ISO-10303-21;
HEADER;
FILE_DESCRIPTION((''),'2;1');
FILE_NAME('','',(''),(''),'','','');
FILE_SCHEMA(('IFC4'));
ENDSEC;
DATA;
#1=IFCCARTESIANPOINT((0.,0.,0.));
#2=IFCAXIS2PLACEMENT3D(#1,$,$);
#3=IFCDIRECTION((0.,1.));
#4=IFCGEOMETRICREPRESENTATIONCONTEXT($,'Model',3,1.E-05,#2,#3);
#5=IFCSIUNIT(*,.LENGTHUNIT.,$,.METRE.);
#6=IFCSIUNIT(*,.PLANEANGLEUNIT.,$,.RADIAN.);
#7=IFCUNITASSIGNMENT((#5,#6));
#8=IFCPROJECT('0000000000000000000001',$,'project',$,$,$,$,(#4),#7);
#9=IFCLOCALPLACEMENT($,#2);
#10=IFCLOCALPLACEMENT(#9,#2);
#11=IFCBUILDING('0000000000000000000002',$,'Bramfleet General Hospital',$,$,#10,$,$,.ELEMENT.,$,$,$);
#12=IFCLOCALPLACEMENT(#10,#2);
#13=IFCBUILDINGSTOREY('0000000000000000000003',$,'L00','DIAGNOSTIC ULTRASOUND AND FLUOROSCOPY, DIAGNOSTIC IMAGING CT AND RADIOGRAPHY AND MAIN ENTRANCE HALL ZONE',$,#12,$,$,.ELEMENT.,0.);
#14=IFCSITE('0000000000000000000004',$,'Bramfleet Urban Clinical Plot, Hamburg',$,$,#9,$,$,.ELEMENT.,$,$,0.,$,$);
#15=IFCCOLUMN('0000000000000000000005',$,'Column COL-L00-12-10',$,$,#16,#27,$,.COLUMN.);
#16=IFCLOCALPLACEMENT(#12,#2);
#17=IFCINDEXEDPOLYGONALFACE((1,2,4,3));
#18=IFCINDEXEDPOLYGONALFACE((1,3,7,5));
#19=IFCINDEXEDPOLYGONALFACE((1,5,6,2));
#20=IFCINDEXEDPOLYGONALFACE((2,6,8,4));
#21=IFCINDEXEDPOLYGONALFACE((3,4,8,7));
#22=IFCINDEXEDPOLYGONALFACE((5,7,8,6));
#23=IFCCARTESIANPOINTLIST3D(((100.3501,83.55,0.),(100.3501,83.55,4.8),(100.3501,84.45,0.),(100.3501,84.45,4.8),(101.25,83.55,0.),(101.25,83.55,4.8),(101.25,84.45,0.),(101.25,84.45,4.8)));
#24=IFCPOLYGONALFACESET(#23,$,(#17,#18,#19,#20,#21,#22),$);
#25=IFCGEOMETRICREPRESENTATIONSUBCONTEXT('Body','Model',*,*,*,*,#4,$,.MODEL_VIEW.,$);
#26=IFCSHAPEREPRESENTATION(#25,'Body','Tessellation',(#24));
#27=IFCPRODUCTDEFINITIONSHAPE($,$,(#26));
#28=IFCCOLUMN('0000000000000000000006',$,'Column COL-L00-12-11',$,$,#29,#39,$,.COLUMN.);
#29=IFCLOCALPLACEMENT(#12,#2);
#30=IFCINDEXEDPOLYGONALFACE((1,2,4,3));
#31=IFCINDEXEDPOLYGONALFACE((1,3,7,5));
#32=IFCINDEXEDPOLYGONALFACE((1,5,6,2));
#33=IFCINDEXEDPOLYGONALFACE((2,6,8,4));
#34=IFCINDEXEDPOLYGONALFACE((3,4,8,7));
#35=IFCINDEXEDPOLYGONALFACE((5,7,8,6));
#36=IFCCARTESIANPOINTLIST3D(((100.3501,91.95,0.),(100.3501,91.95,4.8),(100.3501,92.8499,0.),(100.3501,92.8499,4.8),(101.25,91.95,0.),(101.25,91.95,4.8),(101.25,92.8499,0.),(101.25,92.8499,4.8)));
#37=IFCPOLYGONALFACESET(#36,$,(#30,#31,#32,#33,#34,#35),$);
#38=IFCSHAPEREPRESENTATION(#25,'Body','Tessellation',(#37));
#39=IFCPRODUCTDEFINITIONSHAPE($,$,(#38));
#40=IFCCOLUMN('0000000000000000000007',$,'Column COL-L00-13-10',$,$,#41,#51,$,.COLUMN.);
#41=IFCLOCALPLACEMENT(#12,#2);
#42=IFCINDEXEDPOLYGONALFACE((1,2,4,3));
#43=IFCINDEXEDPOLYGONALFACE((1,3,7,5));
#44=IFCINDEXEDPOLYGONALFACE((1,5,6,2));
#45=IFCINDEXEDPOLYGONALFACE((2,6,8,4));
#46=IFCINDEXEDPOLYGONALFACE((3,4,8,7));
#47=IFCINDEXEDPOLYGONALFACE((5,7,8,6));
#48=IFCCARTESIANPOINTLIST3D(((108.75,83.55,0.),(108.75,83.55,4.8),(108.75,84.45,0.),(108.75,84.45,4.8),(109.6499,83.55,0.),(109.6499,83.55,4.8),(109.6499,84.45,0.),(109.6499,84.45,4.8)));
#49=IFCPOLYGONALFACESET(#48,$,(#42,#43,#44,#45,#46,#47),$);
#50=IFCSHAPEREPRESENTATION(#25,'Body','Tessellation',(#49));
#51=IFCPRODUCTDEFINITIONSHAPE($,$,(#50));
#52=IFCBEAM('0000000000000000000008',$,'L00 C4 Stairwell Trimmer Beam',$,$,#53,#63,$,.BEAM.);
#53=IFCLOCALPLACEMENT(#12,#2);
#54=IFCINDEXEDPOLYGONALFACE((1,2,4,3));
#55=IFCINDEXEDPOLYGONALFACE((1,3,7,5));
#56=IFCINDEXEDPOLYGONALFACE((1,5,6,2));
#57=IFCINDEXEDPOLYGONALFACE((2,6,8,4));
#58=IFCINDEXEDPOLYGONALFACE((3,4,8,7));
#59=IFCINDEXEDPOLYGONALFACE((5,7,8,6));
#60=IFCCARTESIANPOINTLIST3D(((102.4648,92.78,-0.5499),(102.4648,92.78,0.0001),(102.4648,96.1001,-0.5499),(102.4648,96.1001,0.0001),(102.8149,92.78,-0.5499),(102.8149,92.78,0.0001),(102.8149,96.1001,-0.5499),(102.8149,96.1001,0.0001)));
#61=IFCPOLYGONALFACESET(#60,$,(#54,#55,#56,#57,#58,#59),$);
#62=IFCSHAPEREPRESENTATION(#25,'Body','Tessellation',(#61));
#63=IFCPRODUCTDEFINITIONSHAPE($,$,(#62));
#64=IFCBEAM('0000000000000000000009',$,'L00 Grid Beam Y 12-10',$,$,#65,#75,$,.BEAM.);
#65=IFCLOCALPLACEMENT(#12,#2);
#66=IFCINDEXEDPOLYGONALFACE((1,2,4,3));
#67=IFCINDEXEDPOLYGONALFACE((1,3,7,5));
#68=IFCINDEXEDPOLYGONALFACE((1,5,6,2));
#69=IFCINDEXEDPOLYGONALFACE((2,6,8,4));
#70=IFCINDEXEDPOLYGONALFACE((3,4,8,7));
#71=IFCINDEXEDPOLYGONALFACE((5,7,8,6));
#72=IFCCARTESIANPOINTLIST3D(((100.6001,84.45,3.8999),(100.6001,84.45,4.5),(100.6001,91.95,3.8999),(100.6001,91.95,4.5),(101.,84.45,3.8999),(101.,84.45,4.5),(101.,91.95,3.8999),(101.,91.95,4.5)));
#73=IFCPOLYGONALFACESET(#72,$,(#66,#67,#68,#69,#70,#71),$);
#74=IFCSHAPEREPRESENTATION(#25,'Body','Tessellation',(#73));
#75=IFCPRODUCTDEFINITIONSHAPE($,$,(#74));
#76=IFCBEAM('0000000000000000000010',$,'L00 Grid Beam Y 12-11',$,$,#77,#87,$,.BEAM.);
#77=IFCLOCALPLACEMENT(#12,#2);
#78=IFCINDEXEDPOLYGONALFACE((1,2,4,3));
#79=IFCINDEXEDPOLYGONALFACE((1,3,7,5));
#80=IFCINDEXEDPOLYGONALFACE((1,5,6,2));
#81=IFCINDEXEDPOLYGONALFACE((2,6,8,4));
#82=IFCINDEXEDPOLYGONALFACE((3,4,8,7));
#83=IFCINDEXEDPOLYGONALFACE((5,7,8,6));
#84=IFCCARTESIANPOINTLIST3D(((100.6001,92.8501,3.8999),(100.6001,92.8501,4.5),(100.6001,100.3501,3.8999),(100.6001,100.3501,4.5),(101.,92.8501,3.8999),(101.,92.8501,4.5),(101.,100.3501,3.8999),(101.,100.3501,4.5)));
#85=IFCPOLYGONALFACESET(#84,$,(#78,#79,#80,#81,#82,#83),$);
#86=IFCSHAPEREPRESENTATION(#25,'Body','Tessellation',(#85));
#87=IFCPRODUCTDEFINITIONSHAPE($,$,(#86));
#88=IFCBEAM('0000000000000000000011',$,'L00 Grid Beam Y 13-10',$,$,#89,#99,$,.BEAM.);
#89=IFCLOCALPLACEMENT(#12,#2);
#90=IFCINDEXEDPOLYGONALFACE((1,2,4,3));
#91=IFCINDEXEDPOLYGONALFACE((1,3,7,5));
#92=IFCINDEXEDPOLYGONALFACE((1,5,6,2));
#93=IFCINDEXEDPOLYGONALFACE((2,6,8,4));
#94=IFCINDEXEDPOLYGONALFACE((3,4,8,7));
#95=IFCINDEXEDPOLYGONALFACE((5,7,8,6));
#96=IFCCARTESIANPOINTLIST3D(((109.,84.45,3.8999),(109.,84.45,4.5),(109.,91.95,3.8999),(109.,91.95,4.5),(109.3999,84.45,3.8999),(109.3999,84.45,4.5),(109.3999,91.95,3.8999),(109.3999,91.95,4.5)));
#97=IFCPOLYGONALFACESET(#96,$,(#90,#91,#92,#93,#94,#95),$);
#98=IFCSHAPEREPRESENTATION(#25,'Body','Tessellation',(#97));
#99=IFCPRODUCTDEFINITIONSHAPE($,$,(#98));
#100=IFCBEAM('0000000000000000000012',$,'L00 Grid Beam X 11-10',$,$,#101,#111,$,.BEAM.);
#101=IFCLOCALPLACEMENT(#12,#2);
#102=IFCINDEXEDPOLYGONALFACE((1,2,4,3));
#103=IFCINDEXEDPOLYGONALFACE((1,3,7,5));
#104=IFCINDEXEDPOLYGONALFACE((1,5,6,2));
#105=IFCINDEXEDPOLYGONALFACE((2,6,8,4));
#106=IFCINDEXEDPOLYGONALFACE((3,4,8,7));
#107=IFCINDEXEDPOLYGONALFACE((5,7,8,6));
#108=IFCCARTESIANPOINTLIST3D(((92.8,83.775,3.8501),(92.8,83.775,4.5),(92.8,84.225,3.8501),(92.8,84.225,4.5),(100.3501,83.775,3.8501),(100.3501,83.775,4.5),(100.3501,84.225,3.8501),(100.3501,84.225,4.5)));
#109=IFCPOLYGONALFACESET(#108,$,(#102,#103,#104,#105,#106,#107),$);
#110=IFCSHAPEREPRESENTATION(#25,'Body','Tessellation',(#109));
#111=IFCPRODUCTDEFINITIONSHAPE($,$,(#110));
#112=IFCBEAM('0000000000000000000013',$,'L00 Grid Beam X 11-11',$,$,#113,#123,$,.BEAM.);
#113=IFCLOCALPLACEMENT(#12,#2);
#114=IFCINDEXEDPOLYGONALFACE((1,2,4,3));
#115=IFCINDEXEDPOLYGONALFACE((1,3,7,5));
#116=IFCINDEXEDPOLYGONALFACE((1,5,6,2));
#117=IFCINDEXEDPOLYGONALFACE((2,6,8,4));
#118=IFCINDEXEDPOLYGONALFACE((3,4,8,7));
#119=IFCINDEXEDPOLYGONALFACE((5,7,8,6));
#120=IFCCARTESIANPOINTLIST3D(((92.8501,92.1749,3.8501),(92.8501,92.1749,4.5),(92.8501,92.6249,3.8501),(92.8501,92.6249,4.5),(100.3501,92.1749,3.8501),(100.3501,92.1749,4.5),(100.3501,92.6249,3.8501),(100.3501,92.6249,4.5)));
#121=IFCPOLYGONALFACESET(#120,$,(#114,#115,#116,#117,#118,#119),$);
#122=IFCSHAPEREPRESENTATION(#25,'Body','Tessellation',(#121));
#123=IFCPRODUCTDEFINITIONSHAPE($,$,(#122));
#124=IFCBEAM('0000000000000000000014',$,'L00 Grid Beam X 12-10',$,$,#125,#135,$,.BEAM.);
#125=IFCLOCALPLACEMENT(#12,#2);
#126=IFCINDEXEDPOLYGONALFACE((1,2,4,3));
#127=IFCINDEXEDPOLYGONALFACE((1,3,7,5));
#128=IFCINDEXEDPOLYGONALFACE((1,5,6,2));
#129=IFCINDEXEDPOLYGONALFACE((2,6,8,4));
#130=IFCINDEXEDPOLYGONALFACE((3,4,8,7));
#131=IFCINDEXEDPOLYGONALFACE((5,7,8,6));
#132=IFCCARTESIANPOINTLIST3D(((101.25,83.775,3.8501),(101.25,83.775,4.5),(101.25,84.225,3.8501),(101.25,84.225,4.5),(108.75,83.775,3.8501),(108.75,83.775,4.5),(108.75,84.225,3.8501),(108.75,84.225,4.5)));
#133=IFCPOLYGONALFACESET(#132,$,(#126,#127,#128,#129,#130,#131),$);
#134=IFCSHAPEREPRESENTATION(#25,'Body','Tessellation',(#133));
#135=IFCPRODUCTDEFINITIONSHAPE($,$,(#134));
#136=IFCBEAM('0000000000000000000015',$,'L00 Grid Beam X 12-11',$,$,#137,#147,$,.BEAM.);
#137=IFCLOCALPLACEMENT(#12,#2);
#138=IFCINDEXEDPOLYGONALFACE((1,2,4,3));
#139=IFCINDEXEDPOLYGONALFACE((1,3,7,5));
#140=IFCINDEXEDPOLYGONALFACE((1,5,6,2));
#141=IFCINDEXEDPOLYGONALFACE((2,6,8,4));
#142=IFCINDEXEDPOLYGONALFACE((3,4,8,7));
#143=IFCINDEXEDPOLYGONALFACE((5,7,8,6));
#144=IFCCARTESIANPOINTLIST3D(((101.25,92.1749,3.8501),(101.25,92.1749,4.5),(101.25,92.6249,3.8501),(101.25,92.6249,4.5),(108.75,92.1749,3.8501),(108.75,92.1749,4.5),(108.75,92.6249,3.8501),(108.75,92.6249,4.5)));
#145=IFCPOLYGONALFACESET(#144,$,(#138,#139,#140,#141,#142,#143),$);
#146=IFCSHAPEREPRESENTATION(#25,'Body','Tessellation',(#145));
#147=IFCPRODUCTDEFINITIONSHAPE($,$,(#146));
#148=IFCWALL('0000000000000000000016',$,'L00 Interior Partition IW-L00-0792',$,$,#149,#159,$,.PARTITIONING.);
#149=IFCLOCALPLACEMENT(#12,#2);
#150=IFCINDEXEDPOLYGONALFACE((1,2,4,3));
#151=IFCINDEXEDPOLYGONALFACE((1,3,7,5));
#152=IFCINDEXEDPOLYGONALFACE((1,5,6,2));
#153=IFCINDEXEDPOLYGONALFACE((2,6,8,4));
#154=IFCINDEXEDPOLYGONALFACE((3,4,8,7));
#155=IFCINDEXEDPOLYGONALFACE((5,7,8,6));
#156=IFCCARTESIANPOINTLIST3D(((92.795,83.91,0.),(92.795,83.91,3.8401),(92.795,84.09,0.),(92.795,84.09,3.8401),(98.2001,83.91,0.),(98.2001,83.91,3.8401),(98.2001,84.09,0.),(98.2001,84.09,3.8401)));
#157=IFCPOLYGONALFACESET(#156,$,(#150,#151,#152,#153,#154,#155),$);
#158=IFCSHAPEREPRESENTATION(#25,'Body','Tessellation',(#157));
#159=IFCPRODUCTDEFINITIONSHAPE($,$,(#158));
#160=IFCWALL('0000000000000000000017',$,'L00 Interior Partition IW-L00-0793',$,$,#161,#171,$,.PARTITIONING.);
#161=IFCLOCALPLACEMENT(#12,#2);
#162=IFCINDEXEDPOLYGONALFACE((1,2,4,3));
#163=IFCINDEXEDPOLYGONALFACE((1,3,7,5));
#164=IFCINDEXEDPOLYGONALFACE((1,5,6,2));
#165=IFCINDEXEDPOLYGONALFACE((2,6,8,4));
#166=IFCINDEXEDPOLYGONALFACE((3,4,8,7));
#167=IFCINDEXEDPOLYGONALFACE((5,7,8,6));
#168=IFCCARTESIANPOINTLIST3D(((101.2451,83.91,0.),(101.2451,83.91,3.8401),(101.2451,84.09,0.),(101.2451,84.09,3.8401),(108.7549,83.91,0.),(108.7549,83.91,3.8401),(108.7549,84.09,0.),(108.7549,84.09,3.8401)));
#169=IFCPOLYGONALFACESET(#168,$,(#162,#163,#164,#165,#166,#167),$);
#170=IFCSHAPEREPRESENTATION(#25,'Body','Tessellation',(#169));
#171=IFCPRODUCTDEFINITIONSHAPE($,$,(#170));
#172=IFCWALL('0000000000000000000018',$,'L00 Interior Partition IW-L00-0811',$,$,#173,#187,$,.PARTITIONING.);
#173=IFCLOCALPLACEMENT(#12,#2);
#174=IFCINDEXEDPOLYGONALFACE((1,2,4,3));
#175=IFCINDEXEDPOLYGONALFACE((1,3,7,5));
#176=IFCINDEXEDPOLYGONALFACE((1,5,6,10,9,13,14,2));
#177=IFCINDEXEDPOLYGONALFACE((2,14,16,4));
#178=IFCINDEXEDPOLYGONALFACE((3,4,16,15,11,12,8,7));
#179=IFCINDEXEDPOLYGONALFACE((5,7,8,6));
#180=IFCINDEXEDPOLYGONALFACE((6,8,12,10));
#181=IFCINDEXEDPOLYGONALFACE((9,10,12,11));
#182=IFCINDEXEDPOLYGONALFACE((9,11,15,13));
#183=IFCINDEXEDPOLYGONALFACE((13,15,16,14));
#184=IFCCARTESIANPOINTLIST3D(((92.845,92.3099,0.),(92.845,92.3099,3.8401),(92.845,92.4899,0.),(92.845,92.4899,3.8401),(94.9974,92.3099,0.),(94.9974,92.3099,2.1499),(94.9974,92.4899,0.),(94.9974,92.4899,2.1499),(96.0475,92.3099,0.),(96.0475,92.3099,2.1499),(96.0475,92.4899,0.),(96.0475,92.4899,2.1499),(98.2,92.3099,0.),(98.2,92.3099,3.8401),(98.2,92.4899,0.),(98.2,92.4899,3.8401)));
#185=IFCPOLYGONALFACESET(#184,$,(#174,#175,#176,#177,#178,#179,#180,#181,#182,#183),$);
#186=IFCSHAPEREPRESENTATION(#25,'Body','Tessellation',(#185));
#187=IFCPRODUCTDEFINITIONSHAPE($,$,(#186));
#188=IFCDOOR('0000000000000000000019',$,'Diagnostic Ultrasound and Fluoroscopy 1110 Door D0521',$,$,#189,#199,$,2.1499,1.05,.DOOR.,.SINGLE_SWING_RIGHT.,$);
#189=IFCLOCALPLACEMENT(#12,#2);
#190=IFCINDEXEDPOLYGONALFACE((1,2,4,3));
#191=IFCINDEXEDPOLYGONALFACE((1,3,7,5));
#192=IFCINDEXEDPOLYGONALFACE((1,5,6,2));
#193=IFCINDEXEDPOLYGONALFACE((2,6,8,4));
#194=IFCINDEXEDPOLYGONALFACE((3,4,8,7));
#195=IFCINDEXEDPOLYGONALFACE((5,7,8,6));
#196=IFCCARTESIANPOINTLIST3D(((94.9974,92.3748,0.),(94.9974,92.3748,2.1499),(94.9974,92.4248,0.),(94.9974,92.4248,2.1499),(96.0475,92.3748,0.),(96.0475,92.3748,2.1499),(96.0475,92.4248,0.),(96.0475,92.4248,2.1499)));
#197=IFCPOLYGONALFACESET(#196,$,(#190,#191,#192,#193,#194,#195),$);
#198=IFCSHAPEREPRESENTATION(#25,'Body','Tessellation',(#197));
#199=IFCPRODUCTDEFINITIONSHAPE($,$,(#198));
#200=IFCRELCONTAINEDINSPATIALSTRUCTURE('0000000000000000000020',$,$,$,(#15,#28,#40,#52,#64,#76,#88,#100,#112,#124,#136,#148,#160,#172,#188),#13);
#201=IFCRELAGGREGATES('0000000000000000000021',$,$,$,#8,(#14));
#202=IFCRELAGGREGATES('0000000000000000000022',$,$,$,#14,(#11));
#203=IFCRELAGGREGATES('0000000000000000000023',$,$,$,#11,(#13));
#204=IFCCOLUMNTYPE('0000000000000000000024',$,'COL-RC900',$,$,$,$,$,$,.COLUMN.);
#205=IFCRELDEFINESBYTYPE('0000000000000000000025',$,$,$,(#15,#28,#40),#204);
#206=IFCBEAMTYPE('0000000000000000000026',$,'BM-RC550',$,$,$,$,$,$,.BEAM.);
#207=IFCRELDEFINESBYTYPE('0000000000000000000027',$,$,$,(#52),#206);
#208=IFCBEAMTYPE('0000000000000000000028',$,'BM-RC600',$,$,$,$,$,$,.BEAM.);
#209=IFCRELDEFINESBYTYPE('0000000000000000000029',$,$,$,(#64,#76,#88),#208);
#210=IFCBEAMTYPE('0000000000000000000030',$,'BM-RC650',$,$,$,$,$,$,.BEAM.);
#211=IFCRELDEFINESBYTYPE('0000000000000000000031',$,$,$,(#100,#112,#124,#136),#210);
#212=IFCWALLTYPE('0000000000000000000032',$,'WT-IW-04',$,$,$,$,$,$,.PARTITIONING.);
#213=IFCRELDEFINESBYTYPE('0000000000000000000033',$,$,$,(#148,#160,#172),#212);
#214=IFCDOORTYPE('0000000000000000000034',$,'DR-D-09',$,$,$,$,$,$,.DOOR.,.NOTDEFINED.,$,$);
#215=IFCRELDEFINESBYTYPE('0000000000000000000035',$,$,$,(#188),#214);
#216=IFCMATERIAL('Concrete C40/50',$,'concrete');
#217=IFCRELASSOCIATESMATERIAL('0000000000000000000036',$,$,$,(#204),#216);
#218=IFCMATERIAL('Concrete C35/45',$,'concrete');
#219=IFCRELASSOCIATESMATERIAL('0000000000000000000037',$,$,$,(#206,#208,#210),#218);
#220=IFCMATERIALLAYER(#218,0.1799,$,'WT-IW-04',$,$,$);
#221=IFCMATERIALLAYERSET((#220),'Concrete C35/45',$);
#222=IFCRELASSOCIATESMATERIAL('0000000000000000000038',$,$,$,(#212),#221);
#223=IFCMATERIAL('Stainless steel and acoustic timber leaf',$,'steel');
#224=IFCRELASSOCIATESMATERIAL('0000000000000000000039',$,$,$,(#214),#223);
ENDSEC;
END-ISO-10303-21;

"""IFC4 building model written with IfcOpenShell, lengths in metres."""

from ifc_helpers import new_model, si_unit, direction, frame, frame_2d, origin, origin_2d, place, context, subcontext, project, spatial, rectangle, extrude, material, layer, layer_set, material_profile, profile_set, type_object, element, fill, save


model = new_model("IFC4")

# Units and contexts
model_context = context("Model", 3, precision=1e-05, world=origin(), true_north=direction((0.0, 1.0)))
body_context = subcontext(model_context, "Body", "Model", "MODEL_VIEW")
ifc_project = project(units=[si_unit("LENGTHUNIT", "METRE"), si_unit("PLANEANGLEUNIT", "RADIAN")], contexts=[model_context])

# Site, building, storey
site_placement = place(None, origin())
site = spatial("IfcSite", under=ifc_project, at=site_placement, Name="Bramfleet Urban Clinical Plot, Hamburg", CompositionType="ELEMENT", RefElevation=0.0)
building_placement = place(site_placement, origin())
building = spatial("IfcBuilding", under=site, at=building_placement, Name="Bramfleet General Hospital", CompositionType="ELEMENT")
storey_placement = place(building_placement, origin())
storey = spatial("IfcBuildingStorey", under=building, at=storey_placement, Name="L00", Description="DIAGNOSTIC ULTRASOUND AND FLUOROSCOPY, DIAGNOSTIC IMAGING CT AND RADIOGRAPHY AND MAIN ENTRANCE HALL ZONE", CompositionType="ELEMENT", Elevation=0.0)

# Columns
ifc_material_1 = material(Name="Concrete C40/50", Category="concrete")
ifc_material_profile_1 = material_profile(ifc_material_1, rectangle(XDim=0.8999, YDim=0.8999, at=origin_2d()), Name="RC COL 900x900")
ifc_profile_set_1 = profile_set([ifc_material_profile_1], Name="Concrete C40/50")
column_type = type_object("IfcColumnType", Name="COL-RC900", PredefinedType="COLUMN", material=ifc_profile_set_1)
for number, where, z_axis, x_axis, name in (
    (1, (100.8, 84.0, 0.0), (0.0, 0.0, 1.0), (1.0, 0.0, 0.0), "Column COL-L00-12-10"),
    (2, (100.8, 92.3999, 0.0), (0.0, 0.0, 1.0), (1.0, 0.0, 0.0), "Column COL-L00-12-11"),
    (3, (109.2, 84.0, 0.0), (0.0, 0.0, 1.0), (1.0, 0.0, 0.0), "Column COL-L00-13-10"),
):
    element("IfcColumn", number, at=place(storey_placement, frame(where, z_axis=z_axis, x_axis=x_axis)), inside=storey, type_object=column_type, Name=name, PredefinedType="COLUMN", context=body_context, shape_type="SweptSolid", body=[
        extrude(rectangle(XDim=0.8999, YDim=0.8999, at=origin_2d()), origin(), (0.0, 0.0, 1.0), 4.8),
    ])

# Beams
ifc_material_2 = material(Name="Concrete C35/45", Category="concrete")
ifc_material_profile_2 = material_profile(ifc_material_2, rectangle(XDim=0.3501, YDim=0.55, at=origin_2d()), Name="RC BM 550x350")
ifc_profile_set_2 = profile_set([ifc_material_profile_2], Name="Concrete C35/45")
beam_type_1 = type_object("IfcBeamType", Name="BM-RC550", PredefinedType="BEAM", material=ifc_profile_set_2)
beam_1_placement = place(storey_placement, frame((102.6399, 92.78, -0.2749), z_axis=(0.0, 1.0, 0.0), x_axis=(-1.0, 0.0, 0.0)))
element("IfcBeam", 4, at=beam_1_placement, inside=storey, type_object=beam_type_1, Name="L00 C4 Stairwell Trimmer Beam", PredefinedType="BEAM", context=body_context, shape_type="SweptSolid", body=[
    extrude(rectangle(XDim=0.3501, YDim=0.55, at=origin_2d()), origin(), (0.0, 0.0, 1.0), 3.3201),
])
ifc_material_profile_3 = material_profile(ifc_material_2, rectangle(XDim=0.3999, YDim=0.6001, at=origin_2d()), Name="RC BM 600x400")
ifc_profile_set_3 = profile_set([ifc_material_profile_3], Name="Concrete C35/45")
beam_type_2 = type_object("IfcBeamType", Name="BM-RC600", PredefinedType="BEAM", material=ifc_profile_set_3)
for number, where, z_axis, x_axis, name in (
    (5, (100.8, 84.45, 4.2), (0.0, 1.0, 0.0), (-1.0, 0.0, 0.0), "L00 Grid Beam Y 12-10"),
    (6, (100.8, 92.8501, 4.2), (0.0, 1.0, 0.0), (-1.0, 0.0, 0.0), "L00 Grid Beam Y 12-11"),
    (7, (109.2, 84.45, 4.2), (0.0, 1.0, 0.0), (-1.0, 0.0, 0.0), "L00 Grid Beam Y 13-10"),
):
    element("IfcBeam", number, at=place(storey_placement, frame(where, z_axis=z_axis, x_axis=x_axis)), inside=storey, type_object=beam_type_2, Name=name, PredefinedType="BEAM", context=body_context, shape_type="SweptSolid", body=[
        extrude(rectangle(XDim=0.3999, YDim=0.6001, at=origin_2d()), origin(), (0.0, 0.0, 1.0), 7.5),
    ])
ifc_material_profile_4 = material_profile(ifc_material_2, rectangle(XDim=0.45, YDim=0.6499, at=origin_2d()), Name="RC BM 650x450")
ifc_profile_set_4 = profile_set([ifc_material_profile_4], Name="Concrete C35/45")
beam_type_3 = type_object("IfcBeamType", Name="BM-RC650", PredefinedType="BEAM", material=ifc_profile_set_4)
beam_2_placement = place(storey_placement, frame((92.8, 84.0, 4.175), z_axis=(1.0, 0.0, 0.0), x_axis=(0.0, 1.0, 0.0)))
element("IfcBeam", 8, at=beam_2_placement, inside=storey, type_object=beam_type_3, Name="L00 Grid Beam X 11-10", PredefinedType="BEAM", context=body_context, shape_type="SweptSolid", body=[
    extrude(rectangle(XDim=0.45, YDim=0.6499, at=origin_2d()), origin(), (0.0, 0.0, 1.0), 7.55),
])
for number, where, z_axis, x_axis, name in (
    (9, (92.8501, 92.3999, 4.175), (1.0, 0.0, 0.0), (0.0, 1.0, 0.0), "L00 Grid Beam X 11-11"),
    (10, (101.25, 84.0, 4.175), (1.0, 0.0, 0.0), (0.0, 1.0, 0.0), "L00 Grid Beam X 12-10"),
    (11, (101.25, 92.3999, 4.175), (1.0, 0.0, 0.0), (0.0, 1.0, 0.0), "L00 Grid Beam X 12-11"),
):
    element("IfcBeam", number, at=place(storey_placement, frame(where, z_axis=z_axis, x_axis=x_axis)), inside=storey, type_object=beam_type_3, Name=name, PredefinedType="BEAM", context=body_context, shape_type="SweptSolid", body=[
        extrude(rectangle(XDim=0.45, YDim=0.6499, at=origin_2d()), origin(), (0.0, 0.0, 1.0), 7.5),
    ])

# Walls
ifc_layer_1 = layer(ifc_material_2, 0.1799, Name="WT-IW-04")
ifc_layer_set_1 = layer_set([ifc_layer_1], Name="Concrete C35/45")
wall_type_1 = type_object("IfcWallType", Name="WT-IW-04", PredefinedType="PARTITIONING", material=ifc_layer_set_1)
wall_1_placement = place(storey_placement, frame((92.7949, 84.0, 0.0), z_axis=(0.0, 0.0, 1.0), x_axis=(1.0, 0.0, 0.0)))
element("IfcWall", 12, at=wall_1_placement, inside=storey, type_object=wall_type_1, Name="L00 Interior Partition IW-L00-0792", PredefinedType="PARTITIONING", context=body_context, shape_type="SweptSolid", body=[
    extrude(rectangle(XDim=5.405, YDim=0.1799, at=frame_2d((2.7026, 0.0))), origin(), (0.0, 0.0, 1.0), 3.8401),
])
wall_2_placement = place(storey_placement, frame((101.2451, 84.0, 0.0), z_axis=(0.0, 0.0, 1.0), x_axis=(1.0, 0.0, 0.0)))
element("IfcWall", 13, at=wall_2_placement, inside=storey, type_object=wall_type_1, Name="L00 Interior Partition IW-L00-0793", PredefinedType="PARTITIONING", context=body_context, shape_type="SweptSolid", body=[
    extrude(rectangle(XDim=7.5098, YDim=0.1799, at=frame_2d((3.7549, 0.0))), origin(), (0.0, 0.0, 1.0), 3.8401),
])

# Wall, opening, door
wall_3_placement = place(storey_placement, frame((92.845, 92.3999, 0.0), z_axis=(0.0, 0.0, 1.0), x_axis=(1.0, 0.0, 0.0)))
wall_3 = element("IfcWall", 14, at=wall_3_placement, inside=storey, type_object=wall_type_1, Name="L00 Interior Partition IW-L00-0811", PredefinedType="PARTITIONING", context=body_context, shape_type="SweptSolid", body=[
    extrude(rectangle(XDim=5.355, YDim=0.1799, at=frame_2d((2.6775, 0.0))), origin(), (0.0, 0.0, 1.0), 3.8401),
])
opening_1_placement = place(wall_3_placement, frame((2.1526, 0.0, 0.0)))
opening_1 = element("IfcOpeningElement", 15, at=opening_1_placement, cuts=wall_3, PredefinedType="OPENING", context=body_context, shape_type="SweptSolid", body=[
    extrude(rectangle(XDim=1.05, YDim=2.1499, at=frame_2d((0.5249, 1.075))), frame((0.0, 0.0999, 0.0), z_axis=(0.0, -1.0, 0.0), x_axis=(1.0, 0.0, 0.0)), (0.0, 0.0, 1.0), 0.2),
])
ifc_material_3 = material(Name="Stainless steel and acoustic timber leaf", Category="steel")
door_type_1 = type_object("IfcDoorType", Name="DR-D-09", OperationType="NOTDEFINED", PredefinedType="DOOR", material=ifc_material_3)
door_1_placement = place(opening_1_placement, origin())
door_1 = element("IfcDoor", 16, at=door_1_placement, inside=storey, type_object=door_type_1, Name="Diagnostic Ultrasound and Fluoroscopy 1110 Door D0521", OperationType="SINGLE_SWING_RIGHT", OverallHeight=2.1499, OverallWidth=1.05, PredefinedType="DOOR", context=body_context, shape_type="SweptSolid", body=[
    extrude(rectangle(XDim=1.05, YDim=2.1499, at=frame_2d((0.5249, 1.075))), frame((0.0, 0.0249, 0.0), z_axis=(0.0, -1.0, 0.0), x_axis=(1.0, 0.0, 0.0)), (0.0, 0.0, 1.0), 0.05),
])
fill(opening_1, door_1)

save(model, "model.ifc")
